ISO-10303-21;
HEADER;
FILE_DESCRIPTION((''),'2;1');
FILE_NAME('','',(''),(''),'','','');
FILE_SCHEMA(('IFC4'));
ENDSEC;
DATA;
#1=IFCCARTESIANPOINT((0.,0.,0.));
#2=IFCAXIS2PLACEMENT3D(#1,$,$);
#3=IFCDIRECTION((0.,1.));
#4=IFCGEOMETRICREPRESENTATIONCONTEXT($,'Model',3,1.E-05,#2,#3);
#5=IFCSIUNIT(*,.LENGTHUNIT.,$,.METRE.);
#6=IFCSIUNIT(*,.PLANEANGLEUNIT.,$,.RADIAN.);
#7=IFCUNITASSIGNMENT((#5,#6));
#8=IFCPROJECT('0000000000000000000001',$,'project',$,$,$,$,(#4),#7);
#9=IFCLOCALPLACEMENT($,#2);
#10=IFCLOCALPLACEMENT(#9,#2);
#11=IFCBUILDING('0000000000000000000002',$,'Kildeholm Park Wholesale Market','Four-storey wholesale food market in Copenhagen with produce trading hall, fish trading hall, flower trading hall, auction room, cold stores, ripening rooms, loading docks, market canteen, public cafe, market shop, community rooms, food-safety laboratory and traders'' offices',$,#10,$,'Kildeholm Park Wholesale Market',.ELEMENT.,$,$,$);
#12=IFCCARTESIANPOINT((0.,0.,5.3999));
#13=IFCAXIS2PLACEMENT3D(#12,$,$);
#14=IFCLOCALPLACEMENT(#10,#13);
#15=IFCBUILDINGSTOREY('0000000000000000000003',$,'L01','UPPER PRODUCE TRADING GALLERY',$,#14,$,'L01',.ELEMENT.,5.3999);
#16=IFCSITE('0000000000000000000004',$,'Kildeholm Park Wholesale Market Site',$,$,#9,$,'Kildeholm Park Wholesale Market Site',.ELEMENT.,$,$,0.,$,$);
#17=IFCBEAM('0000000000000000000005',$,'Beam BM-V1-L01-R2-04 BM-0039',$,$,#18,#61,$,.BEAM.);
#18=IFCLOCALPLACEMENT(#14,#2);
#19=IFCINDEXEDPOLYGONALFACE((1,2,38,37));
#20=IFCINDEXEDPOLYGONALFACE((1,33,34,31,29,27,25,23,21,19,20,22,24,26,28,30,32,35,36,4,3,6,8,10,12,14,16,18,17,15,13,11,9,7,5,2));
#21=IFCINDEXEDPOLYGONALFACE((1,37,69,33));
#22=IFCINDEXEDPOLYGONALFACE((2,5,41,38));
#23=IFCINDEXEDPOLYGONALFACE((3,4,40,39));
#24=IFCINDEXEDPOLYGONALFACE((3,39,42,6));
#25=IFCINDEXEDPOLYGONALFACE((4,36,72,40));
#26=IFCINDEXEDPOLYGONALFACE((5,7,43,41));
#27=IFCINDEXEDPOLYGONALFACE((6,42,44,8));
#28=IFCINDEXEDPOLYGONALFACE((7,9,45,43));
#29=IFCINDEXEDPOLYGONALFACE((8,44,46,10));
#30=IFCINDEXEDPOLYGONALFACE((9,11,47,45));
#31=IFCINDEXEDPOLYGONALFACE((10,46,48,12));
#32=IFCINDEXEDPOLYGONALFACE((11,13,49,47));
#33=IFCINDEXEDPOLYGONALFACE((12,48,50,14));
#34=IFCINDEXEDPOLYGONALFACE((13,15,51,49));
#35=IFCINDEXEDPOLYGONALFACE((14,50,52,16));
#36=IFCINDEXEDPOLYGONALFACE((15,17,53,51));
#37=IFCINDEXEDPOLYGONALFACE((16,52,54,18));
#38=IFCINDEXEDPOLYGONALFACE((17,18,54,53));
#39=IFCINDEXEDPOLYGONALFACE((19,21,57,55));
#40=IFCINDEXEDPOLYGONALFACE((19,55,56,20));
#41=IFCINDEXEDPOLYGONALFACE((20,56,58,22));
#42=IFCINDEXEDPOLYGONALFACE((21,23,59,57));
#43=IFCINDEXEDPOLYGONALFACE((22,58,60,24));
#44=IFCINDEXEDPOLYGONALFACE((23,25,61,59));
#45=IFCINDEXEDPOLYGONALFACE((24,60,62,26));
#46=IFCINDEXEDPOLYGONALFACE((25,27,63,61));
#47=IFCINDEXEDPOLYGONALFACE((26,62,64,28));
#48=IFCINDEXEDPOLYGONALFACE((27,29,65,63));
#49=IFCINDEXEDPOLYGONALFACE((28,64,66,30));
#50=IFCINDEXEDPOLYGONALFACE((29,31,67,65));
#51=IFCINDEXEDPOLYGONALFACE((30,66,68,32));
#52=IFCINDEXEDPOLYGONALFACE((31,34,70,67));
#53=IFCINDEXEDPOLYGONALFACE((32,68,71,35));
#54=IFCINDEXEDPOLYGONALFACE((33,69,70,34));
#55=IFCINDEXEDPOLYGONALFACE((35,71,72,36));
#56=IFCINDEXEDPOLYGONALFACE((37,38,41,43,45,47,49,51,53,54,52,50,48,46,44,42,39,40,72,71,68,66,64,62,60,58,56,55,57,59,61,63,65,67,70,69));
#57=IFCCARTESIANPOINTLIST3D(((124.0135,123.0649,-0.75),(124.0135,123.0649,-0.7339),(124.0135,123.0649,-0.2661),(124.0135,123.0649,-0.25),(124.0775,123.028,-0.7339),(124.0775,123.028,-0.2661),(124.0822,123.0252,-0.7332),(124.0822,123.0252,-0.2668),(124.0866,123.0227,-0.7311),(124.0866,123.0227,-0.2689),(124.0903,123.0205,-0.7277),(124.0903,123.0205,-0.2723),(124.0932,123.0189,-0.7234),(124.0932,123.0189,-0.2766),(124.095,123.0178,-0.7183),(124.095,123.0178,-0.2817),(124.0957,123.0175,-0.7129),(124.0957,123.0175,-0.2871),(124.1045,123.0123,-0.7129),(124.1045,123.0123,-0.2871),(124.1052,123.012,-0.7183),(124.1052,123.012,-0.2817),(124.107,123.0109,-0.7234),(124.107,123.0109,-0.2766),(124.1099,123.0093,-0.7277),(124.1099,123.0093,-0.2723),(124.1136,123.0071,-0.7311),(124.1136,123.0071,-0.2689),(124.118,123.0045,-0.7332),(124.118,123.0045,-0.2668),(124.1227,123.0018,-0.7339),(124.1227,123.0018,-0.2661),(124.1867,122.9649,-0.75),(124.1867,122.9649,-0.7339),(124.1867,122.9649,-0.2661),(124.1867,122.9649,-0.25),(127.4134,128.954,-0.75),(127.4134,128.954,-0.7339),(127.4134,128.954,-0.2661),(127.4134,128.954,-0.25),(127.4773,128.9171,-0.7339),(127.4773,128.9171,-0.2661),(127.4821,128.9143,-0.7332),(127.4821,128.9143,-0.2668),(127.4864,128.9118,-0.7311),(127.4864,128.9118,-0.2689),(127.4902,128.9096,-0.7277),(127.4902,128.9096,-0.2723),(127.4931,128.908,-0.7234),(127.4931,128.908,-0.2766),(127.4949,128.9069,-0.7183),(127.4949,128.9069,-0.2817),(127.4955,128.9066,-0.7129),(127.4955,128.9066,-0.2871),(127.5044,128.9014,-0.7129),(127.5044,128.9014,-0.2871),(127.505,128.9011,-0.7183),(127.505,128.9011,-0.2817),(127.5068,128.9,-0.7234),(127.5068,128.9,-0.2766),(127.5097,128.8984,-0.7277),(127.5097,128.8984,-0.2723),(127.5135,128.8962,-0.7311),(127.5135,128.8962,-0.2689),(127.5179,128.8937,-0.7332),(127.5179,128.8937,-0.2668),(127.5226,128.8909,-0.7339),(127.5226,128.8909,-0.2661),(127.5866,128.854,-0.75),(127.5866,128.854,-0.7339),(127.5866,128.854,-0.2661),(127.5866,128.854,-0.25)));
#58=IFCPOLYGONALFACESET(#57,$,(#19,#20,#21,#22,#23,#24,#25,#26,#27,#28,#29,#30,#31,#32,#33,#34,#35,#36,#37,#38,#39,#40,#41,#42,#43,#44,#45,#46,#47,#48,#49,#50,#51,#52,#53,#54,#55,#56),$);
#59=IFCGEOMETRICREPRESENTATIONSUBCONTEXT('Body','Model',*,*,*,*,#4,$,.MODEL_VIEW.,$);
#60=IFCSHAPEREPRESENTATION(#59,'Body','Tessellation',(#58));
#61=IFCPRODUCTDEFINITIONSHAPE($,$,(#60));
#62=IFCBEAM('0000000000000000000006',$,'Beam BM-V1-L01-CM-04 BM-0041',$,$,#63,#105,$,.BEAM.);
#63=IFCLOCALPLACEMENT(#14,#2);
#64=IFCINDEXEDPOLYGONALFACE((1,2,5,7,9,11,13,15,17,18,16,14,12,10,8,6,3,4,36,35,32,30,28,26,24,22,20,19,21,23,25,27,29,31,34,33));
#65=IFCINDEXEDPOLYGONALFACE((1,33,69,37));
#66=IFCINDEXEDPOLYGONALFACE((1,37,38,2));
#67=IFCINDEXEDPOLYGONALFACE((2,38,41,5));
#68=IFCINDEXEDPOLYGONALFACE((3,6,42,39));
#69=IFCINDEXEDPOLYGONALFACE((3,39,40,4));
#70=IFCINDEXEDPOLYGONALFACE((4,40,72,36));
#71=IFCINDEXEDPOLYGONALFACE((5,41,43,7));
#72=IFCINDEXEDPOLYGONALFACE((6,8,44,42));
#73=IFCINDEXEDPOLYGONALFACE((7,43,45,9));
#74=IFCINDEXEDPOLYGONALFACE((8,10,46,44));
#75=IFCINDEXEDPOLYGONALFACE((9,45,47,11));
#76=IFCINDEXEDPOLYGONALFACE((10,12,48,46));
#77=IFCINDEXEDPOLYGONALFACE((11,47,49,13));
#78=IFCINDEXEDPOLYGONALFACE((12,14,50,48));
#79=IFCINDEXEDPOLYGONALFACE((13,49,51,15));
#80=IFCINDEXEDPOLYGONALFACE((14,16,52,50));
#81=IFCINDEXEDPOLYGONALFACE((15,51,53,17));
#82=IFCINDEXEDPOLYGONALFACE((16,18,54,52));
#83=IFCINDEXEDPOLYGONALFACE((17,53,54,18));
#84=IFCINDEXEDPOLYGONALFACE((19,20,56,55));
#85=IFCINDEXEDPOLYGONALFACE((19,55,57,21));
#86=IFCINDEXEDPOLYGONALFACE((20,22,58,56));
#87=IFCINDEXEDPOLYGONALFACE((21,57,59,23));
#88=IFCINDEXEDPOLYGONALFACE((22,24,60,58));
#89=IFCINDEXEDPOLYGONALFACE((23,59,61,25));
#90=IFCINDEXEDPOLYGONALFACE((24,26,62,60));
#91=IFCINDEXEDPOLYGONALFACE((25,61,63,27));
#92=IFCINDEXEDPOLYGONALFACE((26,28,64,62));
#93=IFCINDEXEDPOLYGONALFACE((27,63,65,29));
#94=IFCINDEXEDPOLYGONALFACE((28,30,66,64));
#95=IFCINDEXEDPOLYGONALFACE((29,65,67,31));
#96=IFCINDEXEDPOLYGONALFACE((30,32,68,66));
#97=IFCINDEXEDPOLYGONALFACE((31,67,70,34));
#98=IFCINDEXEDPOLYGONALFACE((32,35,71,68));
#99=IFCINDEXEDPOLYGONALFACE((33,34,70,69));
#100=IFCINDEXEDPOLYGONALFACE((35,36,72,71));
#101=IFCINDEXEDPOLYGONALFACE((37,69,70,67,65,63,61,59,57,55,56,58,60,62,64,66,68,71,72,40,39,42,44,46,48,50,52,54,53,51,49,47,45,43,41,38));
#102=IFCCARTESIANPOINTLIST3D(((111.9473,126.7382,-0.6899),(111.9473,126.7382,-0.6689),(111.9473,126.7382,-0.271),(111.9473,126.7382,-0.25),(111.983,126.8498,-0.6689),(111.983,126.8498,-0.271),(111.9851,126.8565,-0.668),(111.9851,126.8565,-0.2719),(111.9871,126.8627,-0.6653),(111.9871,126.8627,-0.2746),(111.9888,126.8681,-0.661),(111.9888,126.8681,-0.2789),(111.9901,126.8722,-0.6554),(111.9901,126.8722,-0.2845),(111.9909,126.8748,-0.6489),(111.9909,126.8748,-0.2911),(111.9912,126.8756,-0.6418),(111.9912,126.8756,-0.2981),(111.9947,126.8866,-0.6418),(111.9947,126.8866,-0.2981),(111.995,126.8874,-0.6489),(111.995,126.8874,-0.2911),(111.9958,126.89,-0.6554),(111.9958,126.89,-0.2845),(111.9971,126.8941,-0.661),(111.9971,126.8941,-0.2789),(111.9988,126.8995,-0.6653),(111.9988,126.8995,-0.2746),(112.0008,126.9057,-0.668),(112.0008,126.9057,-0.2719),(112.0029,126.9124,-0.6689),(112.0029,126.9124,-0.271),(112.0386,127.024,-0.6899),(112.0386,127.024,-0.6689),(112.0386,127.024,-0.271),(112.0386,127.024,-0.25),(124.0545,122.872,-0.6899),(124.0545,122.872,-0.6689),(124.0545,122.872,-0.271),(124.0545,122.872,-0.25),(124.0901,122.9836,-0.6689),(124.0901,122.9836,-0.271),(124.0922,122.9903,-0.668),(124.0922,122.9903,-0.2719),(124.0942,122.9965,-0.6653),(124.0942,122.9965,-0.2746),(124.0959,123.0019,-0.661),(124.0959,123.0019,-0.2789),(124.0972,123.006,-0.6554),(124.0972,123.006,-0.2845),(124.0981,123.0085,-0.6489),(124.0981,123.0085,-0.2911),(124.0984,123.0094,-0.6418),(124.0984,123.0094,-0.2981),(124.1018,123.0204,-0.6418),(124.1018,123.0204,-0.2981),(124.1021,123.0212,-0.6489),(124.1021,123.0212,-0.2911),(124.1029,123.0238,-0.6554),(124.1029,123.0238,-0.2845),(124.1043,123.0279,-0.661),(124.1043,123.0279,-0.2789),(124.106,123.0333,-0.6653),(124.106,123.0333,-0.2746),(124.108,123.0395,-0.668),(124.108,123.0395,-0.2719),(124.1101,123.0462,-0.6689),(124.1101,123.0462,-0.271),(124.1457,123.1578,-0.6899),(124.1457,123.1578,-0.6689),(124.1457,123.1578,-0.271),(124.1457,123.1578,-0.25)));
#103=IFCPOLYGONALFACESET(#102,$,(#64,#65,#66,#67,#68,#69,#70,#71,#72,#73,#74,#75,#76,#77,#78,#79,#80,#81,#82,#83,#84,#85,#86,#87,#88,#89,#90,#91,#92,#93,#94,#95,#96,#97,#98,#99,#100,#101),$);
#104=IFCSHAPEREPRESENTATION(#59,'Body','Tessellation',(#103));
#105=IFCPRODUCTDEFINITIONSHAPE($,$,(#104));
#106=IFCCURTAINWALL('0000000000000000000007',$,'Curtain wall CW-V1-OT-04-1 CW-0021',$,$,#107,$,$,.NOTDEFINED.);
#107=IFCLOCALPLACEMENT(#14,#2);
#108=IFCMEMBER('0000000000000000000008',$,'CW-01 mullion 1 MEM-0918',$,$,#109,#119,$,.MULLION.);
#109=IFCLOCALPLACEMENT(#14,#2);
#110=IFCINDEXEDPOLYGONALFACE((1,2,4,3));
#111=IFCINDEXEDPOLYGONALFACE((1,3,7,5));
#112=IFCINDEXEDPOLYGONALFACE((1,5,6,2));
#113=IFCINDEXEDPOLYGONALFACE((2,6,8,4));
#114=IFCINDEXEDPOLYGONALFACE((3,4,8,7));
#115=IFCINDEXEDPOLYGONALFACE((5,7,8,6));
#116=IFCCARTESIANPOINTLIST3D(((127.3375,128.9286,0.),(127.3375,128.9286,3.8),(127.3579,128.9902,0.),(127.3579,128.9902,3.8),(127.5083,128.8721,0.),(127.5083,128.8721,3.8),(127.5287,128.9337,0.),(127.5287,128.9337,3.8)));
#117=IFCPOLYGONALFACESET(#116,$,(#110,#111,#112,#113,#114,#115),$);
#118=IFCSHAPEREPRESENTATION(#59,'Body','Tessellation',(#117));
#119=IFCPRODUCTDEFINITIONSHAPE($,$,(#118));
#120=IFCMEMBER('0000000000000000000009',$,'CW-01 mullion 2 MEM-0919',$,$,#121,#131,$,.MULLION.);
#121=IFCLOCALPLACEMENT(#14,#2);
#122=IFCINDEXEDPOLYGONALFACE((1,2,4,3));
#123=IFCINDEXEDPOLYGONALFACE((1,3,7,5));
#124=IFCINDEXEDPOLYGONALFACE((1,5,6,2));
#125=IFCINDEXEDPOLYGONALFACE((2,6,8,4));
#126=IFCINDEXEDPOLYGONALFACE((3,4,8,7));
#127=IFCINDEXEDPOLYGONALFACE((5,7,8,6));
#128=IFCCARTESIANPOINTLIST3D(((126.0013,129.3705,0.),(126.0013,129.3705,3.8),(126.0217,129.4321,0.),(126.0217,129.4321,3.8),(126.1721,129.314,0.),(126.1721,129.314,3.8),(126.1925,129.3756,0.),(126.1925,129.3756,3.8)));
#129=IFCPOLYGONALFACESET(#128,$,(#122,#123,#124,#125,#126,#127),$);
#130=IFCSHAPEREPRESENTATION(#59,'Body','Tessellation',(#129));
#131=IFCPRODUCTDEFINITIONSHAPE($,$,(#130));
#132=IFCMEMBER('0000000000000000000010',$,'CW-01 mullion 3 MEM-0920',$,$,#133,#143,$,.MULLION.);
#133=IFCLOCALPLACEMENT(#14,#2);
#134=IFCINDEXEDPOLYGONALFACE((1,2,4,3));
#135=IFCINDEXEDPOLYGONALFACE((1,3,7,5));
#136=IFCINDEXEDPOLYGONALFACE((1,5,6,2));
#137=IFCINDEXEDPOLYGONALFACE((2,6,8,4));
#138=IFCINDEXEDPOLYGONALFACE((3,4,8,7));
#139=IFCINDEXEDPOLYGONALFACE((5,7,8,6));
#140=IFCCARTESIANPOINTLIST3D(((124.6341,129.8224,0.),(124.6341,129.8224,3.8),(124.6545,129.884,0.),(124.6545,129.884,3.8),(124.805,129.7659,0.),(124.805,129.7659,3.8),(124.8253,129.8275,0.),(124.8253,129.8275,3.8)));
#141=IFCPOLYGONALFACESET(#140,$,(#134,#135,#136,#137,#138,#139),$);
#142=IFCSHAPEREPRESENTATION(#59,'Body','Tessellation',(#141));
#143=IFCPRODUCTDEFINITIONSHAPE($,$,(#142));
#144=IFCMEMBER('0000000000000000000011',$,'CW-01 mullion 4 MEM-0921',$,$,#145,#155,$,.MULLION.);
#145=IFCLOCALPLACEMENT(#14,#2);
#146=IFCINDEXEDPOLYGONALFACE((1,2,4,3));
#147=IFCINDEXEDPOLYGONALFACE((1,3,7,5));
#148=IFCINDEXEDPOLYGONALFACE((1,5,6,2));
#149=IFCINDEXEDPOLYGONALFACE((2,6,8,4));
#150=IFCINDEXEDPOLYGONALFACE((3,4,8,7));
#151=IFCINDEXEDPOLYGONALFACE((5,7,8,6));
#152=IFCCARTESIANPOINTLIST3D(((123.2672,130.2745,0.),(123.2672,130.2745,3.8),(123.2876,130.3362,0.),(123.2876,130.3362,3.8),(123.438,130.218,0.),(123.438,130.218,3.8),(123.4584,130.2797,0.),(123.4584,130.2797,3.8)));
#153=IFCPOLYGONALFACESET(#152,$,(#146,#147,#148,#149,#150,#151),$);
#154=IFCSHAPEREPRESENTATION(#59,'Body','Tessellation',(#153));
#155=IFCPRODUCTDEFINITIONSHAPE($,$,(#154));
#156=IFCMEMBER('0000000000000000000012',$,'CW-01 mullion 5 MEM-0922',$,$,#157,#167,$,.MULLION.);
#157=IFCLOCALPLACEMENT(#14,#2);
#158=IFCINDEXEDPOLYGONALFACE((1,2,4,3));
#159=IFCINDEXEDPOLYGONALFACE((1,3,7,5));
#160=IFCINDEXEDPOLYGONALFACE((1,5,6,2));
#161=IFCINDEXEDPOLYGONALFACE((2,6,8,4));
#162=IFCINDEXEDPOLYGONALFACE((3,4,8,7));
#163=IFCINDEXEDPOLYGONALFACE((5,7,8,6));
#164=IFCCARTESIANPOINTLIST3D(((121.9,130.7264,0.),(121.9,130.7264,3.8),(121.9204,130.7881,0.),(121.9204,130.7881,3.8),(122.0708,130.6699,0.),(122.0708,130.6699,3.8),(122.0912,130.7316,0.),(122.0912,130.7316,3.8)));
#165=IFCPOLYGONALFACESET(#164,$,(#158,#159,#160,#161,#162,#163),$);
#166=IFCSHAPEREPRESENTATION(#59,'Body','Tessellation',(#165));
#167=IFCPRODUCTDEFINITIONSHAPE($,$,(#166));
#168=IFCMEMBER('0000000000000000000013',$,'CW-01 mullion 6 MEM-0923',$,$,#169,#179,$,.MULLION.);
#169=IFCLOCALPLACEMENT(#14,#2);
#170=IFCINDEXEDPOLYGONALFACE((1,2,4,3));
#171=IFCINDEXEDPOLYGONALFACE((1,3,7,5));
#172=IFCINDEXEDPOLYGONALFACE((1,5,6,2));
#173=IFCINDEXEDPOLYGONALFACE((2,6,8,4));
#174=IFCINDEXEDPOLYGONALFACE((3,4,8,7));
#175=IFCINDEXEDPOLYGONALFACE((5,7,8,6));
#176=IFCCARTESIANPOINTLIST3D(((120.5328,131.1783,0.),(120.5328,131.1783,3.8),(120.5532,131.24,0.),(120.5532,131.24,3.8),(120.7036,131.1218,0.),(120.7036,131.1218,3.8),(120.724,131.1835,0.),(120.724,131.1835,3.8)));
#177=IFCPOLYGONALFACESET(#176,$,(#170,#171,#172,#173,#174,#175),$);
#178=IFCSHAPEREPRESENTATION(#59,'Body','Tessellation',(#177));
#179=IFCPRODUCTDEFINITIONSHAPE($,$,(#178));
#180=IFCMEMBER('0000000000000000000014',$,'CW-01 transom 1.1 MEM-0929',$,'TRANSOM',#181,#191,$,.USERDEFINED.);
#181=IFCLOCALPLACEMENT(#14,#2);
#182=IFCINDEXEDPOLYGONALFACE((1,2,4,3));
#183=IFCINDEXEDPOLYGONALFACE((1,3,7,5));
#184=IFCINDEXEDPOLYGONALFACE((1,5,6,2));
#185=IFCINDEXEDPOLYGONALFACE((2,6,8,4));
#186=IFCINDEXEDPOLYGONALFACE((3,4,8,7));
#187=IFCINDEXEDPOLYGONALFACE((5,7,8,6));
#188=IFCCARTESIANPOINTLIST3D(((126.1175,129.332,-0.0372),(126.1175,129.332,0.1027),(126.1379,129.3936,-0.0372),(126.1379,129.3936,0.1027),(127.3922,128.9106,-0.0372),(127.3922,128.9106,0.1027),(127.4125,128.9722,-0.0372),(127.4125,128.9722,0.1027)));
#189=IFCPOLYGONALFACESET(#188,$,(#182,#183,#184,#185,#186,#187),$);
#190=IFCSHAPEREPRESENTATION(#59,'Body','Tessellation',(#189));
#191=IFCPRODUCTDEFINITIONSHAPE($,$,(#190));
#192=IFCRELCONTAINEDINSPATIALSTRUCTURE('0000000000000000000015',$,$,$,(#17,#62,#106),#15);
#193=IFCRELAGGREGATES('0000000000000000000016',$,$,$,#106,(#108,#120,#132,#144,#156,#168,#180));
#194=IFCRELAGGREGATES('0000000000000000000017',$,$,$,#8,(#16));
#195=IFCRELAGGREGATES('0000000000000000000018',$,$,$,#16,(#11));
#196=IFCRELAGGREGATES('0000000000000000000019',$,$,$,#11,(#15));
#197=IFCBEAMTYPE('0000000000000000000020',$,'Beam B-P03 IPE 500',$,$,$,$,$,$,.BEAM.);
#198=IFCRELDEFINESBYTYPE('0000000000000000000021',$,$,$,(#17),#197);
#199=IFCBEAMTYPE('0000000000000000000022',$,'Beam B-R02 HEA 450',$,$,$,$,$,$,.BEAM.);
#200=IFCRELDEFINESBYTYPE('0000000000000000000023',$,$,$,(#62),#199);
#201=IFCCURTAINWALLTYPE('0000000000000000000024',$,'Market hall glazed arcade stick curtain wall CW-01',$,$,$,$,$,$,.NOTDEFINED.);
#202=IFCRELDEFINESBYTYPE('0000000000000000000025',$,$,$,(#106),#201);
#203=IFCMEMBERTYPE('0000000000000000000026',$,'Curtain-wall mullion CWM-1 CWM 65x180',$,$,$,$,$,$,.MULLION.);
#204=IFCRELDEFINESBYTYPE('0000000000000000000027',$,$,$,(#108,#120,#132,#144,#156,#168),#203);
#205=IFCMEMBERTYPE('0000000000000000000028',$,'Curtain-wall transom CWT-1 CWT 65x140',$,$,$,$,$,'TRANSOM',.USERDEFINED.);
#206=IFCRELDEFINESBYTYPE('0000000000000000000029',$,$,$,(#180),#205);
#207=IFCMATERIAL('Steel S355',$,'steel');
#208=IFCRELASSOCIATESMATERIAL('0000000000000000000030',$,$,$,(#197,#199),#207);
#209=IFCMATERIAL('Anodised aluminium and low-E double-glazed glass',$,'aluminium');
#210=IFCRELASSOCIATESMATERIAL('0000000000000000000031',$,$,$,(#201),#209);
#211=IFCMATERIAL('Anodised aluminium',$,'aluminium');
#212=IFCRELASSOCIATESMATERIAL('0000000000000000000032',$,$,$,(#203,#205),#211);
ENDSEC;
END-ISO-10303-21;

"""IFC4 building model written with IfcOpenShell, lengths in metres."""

from ifc_helpers import new_model, si_unit, direction, frame, origin, origin_2d, place, context, subcontext, project, spatial, rectangle, i_section, extrude, material, material_profile, profile_set, type_object, element, aggregate, save


model = new_model("IFC4")

# Units and contexts
model_context = context("Model", 3, precision=1e-05, world=origin(), true_north=direction((0.0, 1.0)))
body_context = subcontext(model_context, "Body", "Model", "MODEL_VIEW")
ifc_project = project(units=[si_unit("LENGTHUNIT", "METRE"), si_unit("PLANEANGLEUNIT", "RADIAN")], contexts=[model_context])

# Site, building, storey
site_placement = place(None, origin())
site = spatial("IfcSite", under=ifc_project, at=site_placement, Name="Kildeholm Park Wholesale Market Site", LongName="Kildeholm Park Wholesale Market Site", CompositionType="ELEMENT", RefElevation=0.0)
building_placement = place(site_placement, origin())
building = spatial("IfcBuilding", under=site, at=building_placement, Name="Kildeholm Park Wholesale Market", Description="Four-storey wholesale food market in Copenhagen with produce trading hall, fish trading hall, flower trading hall, auction room, cold stores, ripening rooms, loading docks, market canteen, public cafe, market shop, community rooms, food-safety laboratory and traders' offices", LongName="Kildeholm Park Wholesale Market", CompositionType="ELEMENT")
storey_placement = place(building_placement, frame((0.0, 0.0, 5.3999)))
storey = spatial("IfcBuildingStorey", under=building, at=storey_placement, Name="L01", Description="UPPER PRODUCE TRADING GALLERY", LongName="L01", CompositionType="ELEMENT", Elevation=5.3999)

# Shared definitions
ifc_material_1 = material(Name="Steel S355", Category="steel")

# Beams
ifc_material_profile_1 = material_profile(ifc_material_1, i_section(OverallWidth=0.2, OverallDepth=0.5, WebThickness=0.0103, FlangeThickness=0.0161, FilletRadius=0.021, at=origin_2d()), Name="IPE 500")
ifc_profile_set_1 = profile_set([ifc_material_profile_1], Name="Steel S355")
beam_type_1 = type_object("IfcBeamType", Name="Beam B-P03 IPE 500", PredefinedType="BEAM", material=ifc_profile_set_1)
beam_1_placement = place(storey_placement, frame((124.1001, 123.0149, -0.5), z_axis=(0.499977, 0.866039, 0.0), x_axis=(-0.866039, 0.499977, 0.0)))
element("IfcBeam", 1, at=beam_1_placement, inside=storey, type_object=beam_type_1, Name="Beam BM-V1-L01-R2-04 BM-0039", PredefinedType="BEAM", context=body_context, shape_type="SweptSolid", body=[
    extrude(i_section(OverallWidth=0.2, OverallDepth=0.5, WebThickness=0.0103, FlangeThickness=0.0161, FilletRadius=0.021, at=origin_2d()), origin(), (0.0, 0.0, 1.0), 6.8),
])
ifc_material_profile_2 = material_profile(ifc_material_1, i_section(OverallWidth=0.3, OverallDepth=0.4399, WebThickness=0.0115, FlangeThickness=0.021, FilletRadius=0.0271, at=origin_2d()), Name="HEA 450")
ifc_profile_set_2 = profile_set([ifc_material_profile_2], Name="Steel S355")
beam_type_2 = type_object("IfcBeamType", Name="Beam B-R02 HEA 450", PredefinedType="BEAM", material=ifc_profile_set_2)
beam_2_placement = place(storey_placement, frame((124.1001, 123.0149, -0.47), z_axis=(-0.952609, 0.304199, 0.0), x_axis=(-0.304199, -0.952609, 0.0)))
element("IfcBeam", 2, at=beam_2_placement, inside=storey, type_object=beam_type_2, Name="Beam BM-V1-L01-CM-04 BM-0041", PredefinedType="BEAM", context=body_context, shape_type="SweptSolid", body=[
    extrude(i_section(OverallWidth=0.3, OverallDepth=0.4399, WebThickness=0.0115, FlangeThickness=0.021, FilletRadius=0.0271, at=origin_2d()), origin(), (0.0, 0.0, 1.0), 12.7095),
])

# Curtain wall, members
ifc_material_2 = material(Name="Anodised aluminium and low-E double-glazed glass", Category="aluminium")
curtain_wall_type = type_object("IfcCurtainWallType", Name="Market hall glazed arcade stick curtain wall CW-01", PredefinedType="NOTDEFINED", material=ifc_material_2)
curtain_wall_placement = place(storey_placement, origin())
curtain_wall = element("IfcCurtainWall", 3, at=curtain_wall_placement, inside=storey, type_object=curtain_wall_type, Name="Curtain wall CW-V1-OT-04-1 CW-0021", PredefinedType="NOTDEFINED")
ifc_material_3 = material(Name="Anodised aluminium", Category="aluminium")
ifc_material_profile_3 = material_profile(ifc_material_3, rectangle(XDim=0.0649, YDim=0.1799, at=origin_2d()), Name="CWM 65x180")
ifc_profile_set_3 = profile_set([ifc_material_profile_3], Name="Anodised aluminium")
member_type_1 = type_object("IfcMemberType", Name="Curtain-wall mullion CWM-1 CWM 65x180", PredefinedType="MULLION", material=ifc_profile_set_3)
member_1_placement = place(storey_placement, frame((127.4331, 128.9312, 0.0), z_axis=(0.0, 0.0, 1.0), x_axis=(-0.313914, -0.949451, 0.0)))
member_1 = element("IfcMember", 4, at=member_1_placement, type_object=member_type_1, Name="CW-01 mullion 1 MEM-0918", PredefinedType="MULLION", context=body_context, shape_type="SweptSolid", body=[
    extrude(rectangle(XDim=0.0649, YDim=0.1799, at=origin_2d()), origin(), (0.0, 0.0, 1.0), 3.8),
])
member_2_placement = place(storey_placement, frame((126.0969, 129.373, 0.0), z_axis=(0.0, 0.0, 1.0), x_axis=(-0.313914, -0.949451, 0.0)))
member_2 = element("IfcMember", 5, at=member_2_placement, type_object=member_type_1, Name="CW-01 mullion 2 MEM-0919", PredefinedType="MULLION", context=body_context, shape_type="SweptSolid", body=[
    extrude(rectangle(XDim=0.0649, YDim=0.1799, at=origin_2d()), origin(), (0.0, 0.0, 1.0), 3.8),
])
member_3_placement = place(storey_placement, frame((124.7297, 129.825, 0.0), z_axis=(0.0, 0.0, 1.0), x_axis=(-0.313914, -0.949451, 0.0)))
member_3 = element("IfcMember", 6, at=member_3_placement, type_object=member_type_1, Name="CW-01 mullion 3 MEM-0920", PredefinedType="MULLION", context=body_context, shape_type="SweptSolid", body=[
    extrude(rectangle(XDim=0.0649, YDim=0.1799, at=origin_2d()), origin(), (0.0, 0.0, 1.0), 3.8),
])
member_4_placement = place(storey_placement, frame((123.3628, 130.2771, 0.0), z_axis=(0.0, 0.0, 1.0), x_axis=(-0.313914, -0.949451, 0.0)))
member_4 = element("IfcMember", 7, at=member_4_placement, type_object=member_type_1, Name="CW-01 mullion 4 MEM-0921", PredefinedType="MULLION", context=body_context, shape_type="SweptSolid", body=[
    extrude(rectangle(XDim=0.0649, YDim=0.1799, at=origin_2d()), origin(), (0.0, 0.0, 1.0), 3.8),
])
member_5_placement = place(storey_placement, frame((121.9956, 130.729, 0.0), z_axis=(0.0, 0.0, 1.0), x_axis=(-0.313914, -0.949451, 0.0)))
member_5 = element("IfcMember", 8, at=member_5_placement, type_object=member_type_1, Name="CW-01 mullion 5 MEM-0922", PredefinedType="MULLION", context=body_context, shape_type="SweptSolid", body=[
    extrude(rectangle(XDim=0.0649, YDim=0.1799, at=origin_2d()), origin(), (0.0, 0.0, 1.0), 3.8),
])
member_6_placement = place(storey_placement, frame((120.6284, 131.1809, 0.0), z_axis=(0.0, 0.0, 1.0), x_axis=(-0.313914, -0.949451, 0.0)))
member_6 = element("IfcMember", 9, at=member_6_placement, type_object=member_type_1, Name="CW-01 mullion 6 MEM-0923", PredefinedType="MULLION", context=body_context, shape_type="SweptSolid", body=[
    extrude(rectangle(XDim=0.0649, YDim=0.1799, at=origin_2d()), origin(), (0.0, 0.0, 1.0), 3.8),
])
ifc_material_profile_4 = material_profile(ifc_material_3, rectangle(XDim=0.0649, YDim=0.1399, at=origin_2d()), Name="CWT 65x140")
ifc_profile_set_4 = profile_set([ifc_material_profile_4], Name="Anodised aluminium")
member_type_2 = type_object("IfcMemberType", Name="Curtain-wall transom CWT-1 CWT 65x140", ElementType="TRANSOM", PredefinedType="USERDEFINED", material=ifc_profile_set_4)
member_7_placement = place(storey_placement, frame((127.4023, 128.9414, 0.0327), z_axis=(-0.949462, 0.313881, 0.0), x_axis=(-0.313881, -0.949462, 0.0)))
member_7 = element("IfcMember", 10, at=member_7_placement, type_object=member_type_2, Name="CW-01 transom 1.1 MEM-0929", ObjectType="TRANSOM", PredefinedType="USERDEFINED", context=body_context, shape_type="SweptSolid", body=[
    extrude(rectangle(XDim=0.0649, YDim=0.1399, at=origin_2d()), origin(), (0.0, 0.0, 1.0), 1.3425),
])
aggregate(curtain_wall, [member_1, member_2, member_3, member_4, member_5, member_6, member_7])

save(model, "model.ifc")
